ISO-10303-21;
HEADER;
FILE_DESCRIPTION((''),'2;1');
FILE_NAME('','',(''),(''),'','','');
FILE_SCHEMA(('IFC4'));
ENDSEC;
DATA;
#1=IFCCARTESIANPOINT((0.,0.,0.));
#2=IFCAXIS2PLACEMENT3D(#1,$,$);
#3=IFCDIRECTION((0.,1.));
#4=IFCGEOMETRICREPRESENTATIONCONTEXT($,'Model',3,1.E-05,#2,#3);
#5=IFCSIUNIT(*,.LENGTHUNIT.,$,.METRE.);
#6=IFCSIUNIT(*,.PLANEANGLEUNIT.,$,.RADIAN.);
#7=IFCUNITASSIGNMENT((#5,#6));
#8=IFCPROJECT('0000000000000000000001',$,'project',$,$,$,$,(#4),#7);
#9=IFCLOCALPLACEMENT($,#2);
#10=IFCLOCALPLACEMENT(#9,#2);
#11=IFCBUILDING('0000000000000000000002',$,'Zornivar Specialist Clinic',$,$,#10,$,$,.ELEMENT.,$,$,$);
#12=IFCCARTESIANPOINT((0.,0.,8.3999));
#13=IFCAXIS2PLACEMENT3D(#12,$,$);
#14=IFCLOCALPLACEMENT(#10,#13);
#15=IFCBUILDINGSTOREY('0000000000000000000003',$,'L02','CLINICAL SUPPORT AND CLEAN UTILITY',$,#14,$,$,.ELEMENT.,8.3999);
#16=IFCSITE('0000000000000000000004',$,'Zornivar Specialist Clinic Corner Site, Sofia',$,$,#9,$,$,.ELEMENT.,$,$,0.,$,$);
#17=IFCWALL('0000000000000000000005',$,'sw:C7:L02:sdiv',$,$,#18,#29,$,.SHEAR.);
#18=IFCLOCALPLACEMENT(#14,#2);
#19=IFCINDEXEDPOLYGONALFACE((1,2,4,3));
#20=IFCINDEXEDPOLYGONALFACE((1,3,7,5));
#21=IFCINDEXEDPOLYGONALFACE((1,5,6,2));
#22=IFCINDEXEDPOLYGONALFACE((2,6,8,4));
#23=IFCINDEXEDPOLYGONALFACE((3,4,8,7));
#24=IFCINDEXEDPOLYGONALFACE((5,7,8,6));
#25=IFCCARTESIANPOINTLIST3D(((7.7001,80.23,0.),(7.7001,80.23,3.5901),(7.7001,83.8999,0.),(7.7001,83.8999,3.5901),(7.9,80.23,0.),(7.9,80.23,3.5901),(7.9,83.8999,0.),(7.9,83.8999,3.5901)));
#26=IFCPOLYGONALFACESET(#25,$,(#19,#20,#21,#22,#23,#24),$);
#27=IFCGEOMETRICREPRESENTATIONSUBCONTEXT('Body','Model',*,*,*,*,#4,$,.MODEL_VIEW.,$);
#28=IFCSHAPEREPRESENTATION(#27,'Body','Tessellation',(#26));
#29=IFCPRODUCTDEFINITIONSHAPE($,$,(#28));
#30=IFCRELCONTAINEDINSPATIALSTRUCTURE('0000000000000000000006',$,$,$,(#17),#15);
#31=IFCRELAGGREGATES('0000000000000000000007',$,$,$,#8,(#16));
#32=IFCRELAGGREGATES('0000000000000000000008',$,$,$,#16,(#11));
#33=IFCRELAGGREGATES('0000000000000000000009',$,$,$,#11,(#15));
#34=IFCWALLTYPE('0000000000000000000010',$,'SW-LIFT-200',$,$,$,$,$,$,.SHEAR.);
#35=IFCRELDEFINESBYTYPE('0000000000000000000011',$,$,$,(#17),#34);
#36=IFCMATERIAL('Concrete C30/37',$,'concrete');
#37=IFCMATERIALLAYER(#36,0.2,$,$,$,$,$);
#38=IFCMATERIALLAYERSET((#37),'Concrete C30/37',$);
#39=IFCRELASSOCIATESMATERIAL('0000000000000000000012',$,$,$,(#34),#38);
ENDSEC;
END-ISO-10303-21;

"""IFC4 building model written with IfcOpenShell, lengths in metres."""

from ifc_helpers import new_model, si_unit, direction, frame, frame_2d, origin, place, context, subcontext, project, spatial, rectangle, extrude, material, layer, layer_set, type_object, element, save


model = new_model("IFC4")

# Units and contexts
model_context = context("Model", 3, precision=1e-05, world=origin(), true_north=direction((0.0, 1.0)))
body_context = subcontext(model_context, "Body", "Model", "MODEL_VIEW")
ifc_project = project(units=[si_unit("LENGTHUNIT", "METRE"), si_unit("PLANEANGLEUNIT", "RADIAN")], contexts=[model_context])

# Site, building, storey
site_placement = place(None, origin())
site = spatial("IfcSite", under=ifc_project, at=site_placement, Name="Zornivar Specialist Clinic Corner Site, Sofia", CompositionType="ELEMENT", RefElevation=0.0)
building_placement = place(site_placement, origin())
building = spatial("IfcBuilding", under=site, at=building_placement, Name="Zornivar Specialist Clinic", CompositionType="ELEMENT")
storey_placement = place(building_placement, frame((0.0, 0.0, 8.3999)))
storey = spatial("IfcBuildingStorey", under=building, at=storey_placement, Name="L02", Description="CLINICAL SUPPORT AND CLEAN UTILITY", CompositionType="ELEMENT", Elevation=8.3999)

# Wall
ifc_material_1 = material(Name="Concrete C30/37", Category="concrete")
ifc_layer_1 = layer(ifc_material_1, 0.2)
ifc_layer_set_1 = layer_set([ifc_layer_1], Name="Concrete C30/37")
wall_type_1 = type_object("IfcWallType", Name="SW-LIFT-200", PredefinedType="SHEAR", material=ifc_layer_set_1)
wall_1_placement = place(storey_placement, frame((7.8, 80.23, 0.0), z_axis=(0.0, 0.0, 1.0), x_axis=(0.0, 1.0, 0.0)))
element("IfcWall", 1, at=wall_1_placement, inside=storey, type_object=wall_type_1, Name="sw:C7:L02:sdiv", PredefinedType="SHEAR", context=body_context, shape_type="SweptSolid", body=[
    extrude(rectangle(XDim=3.6699, YDim=0.2, at=frame_2d((1.835, 0.0))), origin(), (0.0, 0.0, 1.0), 3.5901),
])

save(model, "model.ifc")
